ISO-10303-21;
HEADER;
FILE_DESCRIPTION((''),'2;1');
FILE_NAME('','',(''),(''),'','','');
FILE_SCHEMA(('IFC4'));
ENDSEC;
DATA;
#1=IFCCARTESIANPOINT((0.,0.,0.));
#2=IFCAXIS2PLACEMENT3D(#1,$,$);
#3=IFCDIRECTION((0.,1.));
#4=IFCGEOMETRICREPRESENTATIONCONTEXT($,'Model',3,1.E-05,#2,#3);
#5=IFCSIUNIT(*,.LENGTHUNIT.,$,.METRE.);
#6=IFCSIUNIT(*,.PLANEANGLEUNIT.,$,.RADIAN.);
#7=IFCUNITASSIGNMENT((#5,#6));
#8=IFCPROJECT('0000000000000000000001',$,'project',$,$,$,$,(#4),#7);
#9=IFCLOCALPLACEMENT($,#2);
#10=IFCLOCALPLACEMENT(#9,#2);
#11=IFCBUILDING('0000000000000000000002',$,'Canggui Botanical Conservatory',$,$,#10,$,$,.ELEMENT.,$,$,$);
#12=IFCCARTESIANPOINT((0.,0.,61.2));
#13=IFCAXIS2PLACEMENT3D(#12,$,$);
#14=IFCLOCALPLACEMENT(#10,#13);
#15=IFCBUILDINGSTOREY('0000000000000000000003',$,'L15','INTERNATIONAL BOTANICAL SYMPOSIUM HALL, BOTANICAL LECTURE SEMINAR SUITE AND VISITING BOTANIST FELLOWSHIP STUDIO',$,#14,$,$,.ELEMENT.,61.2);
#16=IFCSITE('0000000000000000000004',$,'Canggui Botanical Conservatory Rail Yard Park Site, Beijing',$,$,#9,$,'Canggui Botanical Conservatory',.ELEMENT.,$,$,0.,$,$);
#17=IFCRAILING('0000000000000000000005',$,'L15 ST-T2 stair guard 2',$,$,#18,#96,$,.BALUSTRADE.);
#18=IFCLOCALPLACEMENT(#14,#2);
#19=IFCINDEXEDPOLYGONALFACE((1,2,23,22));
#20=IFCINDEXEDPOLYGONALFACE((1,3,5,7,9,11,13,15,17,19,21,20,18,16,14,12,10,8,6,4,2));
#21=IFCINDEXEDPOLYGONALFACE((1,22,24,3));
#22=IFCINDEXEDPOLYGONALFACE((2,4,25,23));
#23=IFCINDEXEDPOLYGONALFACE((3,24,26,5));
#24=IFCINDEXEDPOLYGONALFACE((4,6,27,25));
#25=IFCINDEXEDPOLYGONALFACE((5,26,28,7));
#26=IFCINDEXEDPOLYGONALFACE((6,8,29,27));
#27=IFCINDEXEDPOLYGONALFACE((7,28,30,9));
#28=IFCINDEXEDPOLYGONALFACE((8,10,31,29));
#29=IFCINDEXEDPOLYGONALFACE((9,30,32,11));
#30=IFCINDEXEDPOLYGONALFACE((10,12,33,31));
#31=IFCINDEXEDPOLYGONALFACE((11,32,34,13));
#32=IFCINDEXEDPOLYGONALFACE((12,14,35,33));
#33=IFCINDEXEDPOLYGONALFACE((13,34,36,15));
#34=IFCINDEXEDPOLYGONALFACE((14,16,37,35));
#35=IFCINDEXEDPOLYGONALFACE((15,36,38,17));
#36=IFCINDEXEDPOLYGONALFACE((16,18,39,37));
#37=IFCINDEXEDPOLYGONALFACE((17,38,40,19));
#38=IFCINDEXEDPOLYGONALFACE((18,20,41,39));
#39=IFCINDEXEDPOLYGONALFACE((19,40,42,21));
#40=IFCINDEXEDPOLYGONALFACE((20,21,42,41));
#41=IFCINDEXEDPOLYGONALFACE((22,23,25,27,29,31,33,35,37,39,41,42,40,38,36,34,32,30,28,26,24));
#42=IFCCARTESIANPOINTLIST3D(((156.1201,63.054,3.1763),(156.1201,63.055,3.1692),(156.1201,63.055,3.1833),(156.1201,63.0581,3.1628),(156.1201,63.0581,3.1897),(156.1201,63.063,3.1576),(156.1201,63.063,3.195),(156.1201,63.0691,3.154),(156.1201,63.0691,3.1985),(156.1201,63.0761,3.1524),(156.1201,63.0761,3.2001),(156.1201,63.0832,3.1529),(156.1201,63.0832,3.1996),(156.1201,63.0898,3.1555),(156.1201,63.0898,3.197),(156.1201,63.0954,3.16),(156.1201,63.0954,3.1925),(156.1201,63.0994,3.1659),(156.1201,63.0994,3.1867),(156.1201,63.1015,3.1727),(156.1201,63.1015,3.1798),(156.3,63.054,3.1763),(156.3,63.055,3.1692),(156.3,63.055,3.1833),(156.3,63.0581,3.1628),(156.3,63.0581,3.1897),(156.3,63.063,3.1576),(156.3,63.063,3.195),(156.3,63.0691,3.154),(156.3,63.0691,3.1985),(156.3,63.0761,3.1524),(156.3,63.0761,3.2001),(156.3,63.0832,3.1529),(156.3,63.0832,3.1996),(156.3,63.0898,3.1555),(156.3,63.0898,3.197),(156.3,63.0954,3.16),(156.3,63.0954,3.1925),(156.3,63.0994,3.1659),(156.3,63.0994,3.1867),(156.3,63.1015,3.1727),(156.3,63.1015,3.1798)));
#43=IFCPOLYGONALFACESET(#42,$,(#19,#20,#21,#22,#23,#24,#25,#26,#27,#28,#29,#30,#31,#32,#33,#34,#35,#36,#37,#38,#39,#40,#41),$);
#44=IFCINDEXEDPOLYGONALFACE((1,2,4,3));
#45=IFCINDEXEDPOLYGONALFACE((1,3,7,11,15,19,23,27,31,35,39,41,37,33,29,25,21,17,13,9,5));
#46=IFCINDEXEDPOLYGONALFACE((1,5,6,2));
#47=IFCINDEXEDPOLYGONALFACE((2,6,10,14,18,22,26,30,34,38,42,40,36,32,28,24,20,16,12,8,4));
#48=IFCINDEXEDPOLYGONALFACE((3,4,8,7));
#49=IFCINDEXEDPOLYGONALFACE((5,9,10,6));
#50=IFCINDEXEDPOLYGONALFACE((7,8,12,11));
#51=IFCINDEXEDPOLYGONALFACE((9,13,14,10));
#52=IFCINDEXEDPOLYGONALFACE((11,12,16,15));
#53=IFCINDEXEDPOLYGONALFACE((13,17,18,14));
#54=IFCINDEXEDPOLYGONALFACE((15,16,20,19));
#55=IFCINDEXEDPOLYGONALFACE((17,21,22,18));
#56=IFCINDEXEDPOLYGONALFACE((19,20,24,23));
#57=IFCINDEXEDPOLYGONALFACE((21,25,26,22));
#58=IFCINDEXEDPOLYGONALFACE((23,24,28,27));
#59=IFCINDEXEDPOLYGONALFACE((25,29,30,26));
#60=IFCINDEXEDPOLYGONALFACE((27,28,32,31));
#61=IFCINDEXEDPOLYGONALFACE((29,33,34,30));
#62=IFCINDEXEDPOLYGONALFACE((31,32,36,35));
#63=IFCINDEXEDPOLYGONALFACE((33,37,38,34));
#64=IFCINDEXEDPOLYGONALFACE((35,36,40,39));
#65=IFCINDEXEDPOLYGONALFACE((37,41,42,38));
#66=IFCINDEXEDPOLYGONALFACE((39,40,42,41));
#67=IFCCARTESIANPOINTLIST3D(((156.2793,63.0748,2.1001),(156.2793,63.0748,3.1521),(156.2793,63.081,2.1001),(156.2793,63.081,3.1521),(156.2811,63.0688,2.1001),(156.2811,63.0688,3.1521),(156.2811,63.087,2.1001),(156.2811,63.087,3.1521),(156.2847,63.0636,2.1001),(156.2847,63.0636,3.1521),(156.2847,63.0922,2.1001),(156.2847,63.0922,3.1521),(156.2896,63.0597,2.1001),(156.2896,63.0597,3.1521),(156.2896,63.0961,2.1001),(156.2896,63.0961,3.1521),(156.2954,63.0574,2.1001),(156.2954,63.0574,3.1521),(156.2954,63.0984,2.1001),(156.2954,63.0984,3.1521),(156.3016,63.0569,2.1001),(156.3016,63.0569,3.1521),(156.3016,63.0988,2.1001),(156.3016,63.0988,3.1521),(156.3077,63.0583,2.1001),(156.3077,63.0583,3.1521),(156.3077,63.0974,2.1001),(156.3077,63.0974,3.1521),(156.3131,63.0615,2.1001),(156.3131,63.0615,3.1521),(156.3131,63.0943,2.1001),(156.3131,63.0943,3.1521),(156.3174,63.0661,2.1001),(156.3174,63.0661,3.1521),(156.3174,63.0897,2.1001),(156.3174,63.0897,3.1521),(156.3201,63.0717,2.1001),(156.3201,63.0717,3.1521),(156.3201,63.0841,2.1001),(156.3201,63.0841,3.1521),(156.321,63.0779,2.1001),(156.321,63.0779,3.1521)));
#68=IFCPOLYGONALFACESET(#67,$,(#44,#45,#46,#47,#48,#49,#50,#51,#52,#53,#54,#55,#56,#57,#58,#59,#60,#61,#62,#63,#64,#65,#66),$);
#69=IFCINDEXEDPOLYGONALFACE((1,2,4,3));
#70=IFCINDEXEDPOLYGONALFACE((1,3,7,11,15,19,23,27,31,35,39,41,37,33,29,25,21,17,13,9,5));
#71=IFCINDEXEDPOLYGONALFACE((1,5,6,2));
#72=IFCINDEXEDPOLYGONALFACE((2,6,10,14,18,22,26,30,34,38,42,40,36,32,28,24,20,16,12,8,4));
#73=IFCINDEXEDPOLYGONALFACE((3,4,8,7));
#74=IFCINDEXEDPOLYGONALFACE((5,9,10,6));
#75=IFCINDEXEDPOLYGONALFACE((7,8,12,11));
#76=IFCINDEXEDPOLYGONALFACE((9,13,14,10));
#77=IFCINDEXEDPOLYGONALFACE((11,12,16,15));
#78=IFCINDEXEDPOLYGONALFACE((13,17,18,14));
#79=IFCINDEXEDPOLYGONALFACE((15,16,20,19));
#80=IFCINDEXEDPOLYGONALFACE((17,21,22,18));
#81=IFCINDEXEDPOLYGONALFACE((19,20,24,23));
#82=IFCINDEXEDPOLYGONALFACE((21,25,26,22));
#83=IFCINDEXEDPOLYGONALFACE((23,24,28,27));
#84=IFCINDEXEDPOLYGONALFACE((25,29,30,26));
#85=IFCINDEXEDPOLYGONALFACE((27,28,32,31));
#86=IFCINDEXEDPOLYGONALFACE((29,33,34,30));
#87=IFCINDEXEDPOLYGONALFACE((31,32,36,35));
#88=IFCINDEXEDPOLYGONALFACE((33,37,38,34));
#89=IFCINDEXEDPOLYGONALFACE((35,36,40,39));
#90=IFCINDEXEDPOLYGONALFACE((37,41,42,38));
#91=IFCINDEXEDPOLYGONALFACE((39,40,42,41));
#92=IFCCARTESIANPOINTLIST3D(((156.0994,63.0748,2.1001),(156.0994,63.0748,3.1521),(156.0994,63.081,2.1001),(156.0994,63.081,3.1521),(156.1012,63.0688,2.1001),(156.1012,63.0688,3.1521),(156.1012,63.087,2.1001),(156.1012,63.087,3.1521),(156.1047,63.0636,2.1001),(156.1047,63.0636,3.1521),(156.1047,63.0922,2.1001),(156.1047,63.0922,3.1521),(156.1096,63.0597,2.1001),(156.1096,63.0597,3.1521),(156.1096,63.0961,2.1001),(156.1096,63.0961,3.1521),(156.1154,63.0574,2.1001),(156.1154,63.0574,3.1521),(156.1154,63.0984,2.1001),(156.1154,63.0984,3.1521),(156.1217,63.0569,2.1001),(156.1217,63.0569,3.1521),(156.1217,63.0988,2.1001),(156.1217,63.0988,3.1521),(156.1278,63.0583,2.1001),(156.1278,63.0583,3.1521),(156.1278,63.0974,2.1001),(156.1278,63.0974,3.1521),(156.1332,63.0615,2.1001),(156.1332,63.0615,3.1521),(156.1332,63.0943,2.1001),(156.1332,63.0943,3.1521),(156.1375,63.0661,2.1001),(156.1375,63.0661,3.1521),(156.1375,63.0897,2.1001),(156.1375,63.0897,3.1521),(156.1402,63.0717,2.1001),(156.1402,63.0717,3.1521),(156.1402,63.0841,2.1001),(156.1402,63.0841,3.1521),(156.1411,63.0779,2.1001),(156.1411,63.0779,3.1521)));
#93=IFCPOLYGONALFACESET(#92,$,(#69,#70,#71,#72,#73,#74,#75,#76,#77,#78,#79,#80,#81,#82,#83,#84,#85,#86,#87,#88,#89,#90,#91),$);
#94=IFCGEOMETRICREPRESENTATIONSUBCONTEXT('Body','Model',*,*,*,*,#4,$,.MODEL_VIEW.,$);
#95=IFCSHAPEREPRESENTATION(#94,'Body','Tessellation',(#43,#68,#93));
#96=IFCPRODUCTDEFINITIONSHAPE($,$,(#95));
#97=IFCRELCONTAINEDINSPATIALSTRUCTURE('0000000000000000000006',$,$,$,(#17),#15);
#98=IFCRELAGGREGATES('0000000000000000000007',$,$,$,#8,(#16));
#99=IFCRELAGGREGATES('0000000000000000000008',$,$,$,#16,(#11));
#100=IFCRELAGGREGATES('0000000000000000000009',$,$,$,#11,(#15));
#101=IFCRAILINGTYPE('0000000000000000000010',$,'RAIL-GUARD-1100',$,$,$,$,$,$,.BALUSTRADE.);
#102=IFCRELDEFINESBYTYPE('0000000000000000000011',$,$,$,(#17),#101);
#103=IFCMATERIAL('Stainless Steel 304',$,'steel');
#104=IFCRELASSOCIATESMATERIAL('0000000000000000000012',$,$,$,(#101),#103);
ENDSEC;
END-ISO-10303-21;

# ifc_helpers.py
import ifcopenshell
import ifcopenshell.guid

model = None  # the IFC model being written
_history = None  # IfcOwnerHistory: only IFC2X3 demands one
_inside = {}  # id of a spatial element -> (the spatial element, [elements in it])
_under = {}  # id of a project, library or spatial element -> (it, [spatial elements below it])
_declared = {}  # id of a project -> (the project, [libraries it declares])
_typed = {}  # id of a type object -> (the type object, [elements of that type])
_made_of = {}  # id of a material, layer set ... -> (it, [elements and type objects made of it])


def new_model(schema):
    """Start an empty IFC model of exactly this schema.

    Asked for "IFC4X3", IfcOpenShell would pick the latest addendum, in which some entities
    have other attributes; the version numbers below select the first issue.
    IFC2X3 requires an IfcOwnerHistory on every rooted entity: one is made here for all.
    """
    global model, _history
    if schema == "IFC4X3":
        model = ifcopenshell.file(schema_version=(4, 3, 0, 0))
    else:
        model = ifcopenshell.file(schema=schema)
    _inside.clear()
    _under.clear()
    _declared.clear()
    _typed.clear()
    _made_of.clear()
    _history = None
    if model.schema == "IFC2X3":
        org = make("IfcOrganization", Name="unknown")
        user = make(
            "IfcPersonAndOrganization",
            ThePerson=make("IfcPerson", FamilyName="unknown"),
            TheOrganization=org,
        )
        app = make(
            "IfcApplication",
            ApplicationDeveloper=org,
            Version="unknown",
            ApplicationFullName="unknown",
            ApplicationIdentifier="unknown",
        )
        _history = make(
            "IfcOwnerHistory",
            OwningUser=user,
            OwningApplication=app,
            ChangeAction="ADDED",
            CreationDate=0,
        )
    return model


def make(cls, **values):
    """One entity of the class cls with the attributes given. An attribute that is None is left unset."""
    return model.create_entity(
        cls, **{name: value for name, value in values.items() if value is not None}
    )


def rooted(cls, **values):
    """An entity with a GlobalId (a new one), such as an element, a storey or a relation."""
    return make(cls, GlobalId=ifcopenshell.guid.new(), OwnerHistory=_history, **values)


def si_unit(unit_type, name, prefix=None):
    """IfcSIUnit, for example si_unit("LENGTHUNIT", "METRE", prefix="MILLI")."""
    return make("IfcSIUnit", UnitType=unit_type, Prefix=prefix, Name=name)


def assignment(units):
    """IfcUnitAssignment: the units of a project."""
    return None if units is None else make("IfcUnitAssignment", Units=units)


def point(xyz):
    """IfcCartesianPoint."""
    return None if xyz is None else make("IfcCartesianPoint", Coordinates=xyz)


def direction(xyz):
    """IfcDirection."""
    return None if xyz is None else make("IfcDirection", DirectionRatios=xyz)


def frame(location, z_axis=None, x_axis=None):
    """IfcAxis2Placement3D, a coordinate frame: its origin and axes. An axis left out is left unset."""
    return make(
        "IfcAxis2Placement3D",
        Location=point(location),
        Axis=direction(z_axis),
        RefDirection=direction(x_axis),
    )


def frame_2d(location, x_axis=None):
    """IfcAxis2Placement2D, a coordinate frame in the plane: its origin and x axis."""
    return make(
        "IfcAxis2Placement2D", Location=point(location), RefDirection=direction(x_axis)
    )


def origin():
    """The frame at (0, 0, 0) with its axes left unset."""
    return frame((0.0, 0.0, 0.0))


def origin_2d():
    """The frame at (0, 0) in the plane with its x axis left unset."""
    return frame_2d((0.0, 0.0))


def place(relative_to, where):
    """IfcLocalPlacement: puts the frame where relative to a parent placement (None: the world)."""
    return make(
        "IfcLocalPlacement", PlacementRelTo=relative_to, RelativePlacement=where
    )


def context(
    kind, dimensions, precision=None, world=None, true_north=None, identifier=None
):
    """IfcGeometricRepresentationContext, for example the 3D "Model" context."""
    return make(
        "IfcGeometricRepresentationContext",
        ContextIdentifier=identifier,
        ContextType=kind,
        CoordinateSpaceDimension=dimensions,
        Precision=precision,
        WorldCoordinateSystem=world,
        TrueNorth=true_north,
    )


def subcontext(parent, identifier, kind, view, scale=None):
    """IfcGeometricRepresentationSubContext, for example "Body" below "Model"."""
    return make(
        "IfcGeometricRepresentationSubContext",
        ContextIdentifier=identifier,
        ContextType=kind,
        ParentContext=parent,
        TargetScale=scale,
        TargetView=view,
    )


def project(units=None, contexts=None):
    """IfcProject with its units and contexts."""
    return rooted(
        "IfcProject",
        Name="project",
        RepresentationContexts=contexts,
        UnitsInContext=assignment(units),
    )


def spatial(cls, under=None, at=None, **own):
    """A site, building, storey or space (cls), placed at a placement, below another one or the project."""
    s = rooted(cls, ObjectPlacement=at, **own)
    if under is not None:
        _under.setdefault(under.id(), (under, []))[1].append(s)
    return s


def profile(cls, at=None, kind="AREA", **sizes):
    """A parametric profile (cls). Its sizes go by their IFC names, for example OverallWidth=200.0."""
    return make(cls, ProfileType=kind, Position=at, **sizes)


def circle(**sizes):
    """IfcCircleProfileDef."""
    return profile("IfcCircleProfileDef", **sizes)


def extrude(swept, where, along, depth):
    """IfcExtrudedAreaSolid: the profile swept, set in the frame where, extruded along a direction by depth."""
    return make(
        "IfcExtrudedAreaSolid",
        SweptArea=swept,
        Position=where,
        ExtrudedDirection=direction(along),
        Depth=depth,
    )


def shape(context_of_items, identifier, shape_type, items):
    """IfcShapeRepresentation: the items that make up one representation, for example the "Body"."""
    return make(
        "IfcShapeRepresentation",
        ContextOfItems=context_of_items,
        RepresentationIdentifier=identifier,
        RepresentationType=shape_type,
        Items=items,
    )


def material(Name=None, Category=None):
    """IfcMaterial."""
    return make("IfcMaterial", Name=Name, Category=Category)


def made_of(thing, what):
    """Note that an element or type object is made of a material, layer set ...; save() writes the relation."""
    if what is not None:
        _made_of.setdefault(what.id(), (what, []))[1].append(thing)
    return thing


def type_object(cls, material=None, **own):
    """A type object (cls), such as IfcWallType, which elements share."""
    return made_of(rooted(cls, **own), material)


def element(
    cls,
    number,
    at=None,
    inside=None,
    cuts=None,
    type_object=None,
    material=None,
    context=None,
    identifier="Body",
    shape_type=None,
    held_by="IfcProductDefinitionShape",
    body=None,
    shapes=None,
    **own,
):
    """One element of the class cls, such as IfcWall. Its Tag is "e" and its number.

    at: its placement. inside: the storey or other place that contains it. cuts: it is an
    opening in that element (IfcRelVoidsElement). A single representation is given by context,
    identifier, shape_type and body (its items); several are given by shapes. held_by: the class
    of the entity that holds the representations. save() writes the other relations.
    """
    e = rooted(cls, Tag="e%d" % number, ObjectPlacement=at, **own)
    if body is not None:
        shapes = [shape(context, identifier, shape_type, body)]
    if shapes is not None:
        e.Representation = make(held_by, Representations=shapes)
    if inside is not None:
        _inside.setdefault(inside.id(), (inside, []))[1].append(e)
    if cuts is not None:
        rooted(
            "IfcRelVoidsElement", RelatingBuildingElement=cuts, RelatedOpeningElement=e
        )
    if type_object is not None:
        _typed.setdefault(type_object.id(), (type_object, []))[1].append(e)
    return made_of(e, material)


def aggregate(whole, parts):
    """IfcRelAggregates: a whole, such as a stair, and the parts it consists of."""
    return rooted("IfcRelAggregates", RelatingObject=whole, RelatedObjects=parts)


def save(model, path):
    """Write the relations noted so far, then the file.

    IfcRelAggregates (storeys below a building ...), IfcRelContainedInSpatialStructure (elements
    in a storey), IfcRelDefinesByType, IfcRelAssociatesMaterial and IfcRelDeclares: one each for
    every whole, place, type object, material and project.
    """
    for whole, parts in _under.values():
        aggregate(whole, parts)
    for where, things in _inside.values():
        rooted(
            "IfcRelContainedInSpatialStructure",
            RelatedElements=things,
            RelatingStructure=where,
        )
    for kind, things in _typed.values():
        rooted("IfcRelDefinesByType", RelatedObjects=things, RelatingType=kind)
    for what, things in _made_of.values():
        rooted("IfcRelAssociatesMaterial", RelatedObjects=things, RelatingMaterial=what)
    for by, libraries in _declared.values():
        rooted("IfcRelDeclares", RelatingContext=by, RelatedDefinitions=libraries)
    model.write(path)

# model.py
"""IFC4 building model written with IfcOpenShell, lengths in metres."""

from ifc_helpers import new_model, si_unit, direction, frame, origin, origin_2d, place, context, subcontext, project, spatial, circle, extrude, material, type_object, element, save


model = new_model("IFC4")

# Units and contexts
model_context = context("Model", 3, precision=1e-05, world=origin(), true_north=direction((0.0, 1.0)))
body_context = subcontext(model_context, "Body", "Model", "MODEL_VIEW")
ifc_project = project(units=[si_unit("LENGTHUNIT", "METRE"), si_unit("PLANEANGLEUNIT", "RADIAN")], contexts=[model_context])

# Site, building, storey
site_placement = place(None, origin())
site = spatial("IfcSite", under=ifc_project, at=site_placement, Name="Canggui Botanical Conservatory Rail Yard Park Site, Beijing", LongName="Canggui Botanical Conservatory", CompositionType="ELEMENT", RefElevation=0.0)
building_placement = place(site_placement, origin())
building = spatial("IfcBuilding", under=site, at=building_placement, Name="Canggui Botanical Conservatory", CompositionType="ELEMENT")
storey_placement = place(building_placement, frame((0.0, 0.0, 61.2)))
storey = spatial("IfcBuildingStorey", under=building, at=storey_placement, Name="L15", Description="INTERNATIONAL BOTANICAL SYMPOSIUM HALL, BOTANICAL LECTURE SEMINAR SUITE AND VISITING BOTANIST FELLOWSHIP STUDIO", CompositionType="ELEMENT", Elevation=61.2)

# Shared definitions
ifc_material_1 = material(Name="Stainless Steel 304", Category="steel")

# Railing
railing_type_1 = type_object("IfcRailingType", Name="RAIL-GUARD-1100", PredefinedType="BALUSTRADE", material=ifc_material_1)
railing_1_placement = place(storey_placement, frame((156.3, 63.0779, 2.1001)))
element("IfcRailing", 1, at=railing_1_placement, inside=storey, type_object=railing_type_1, Name="L15 ST-T2 stair guard 2", PredefinedType="BALUSTRADE", context=body_context, shape_type="SweptSolid", body=[
    extrude(circle(Radius=0.0239, at=origin_2d()), frame((0.0, 0.0, 1.0762), z_axis=(-1.0, 0.0, 0.0), x_axis=(0.0, -1.0, 0.0)), (0.0, 0.0, 1.0), 0.1799),
    extrude(circle(Radius=0.021, at=origin_2d()), origin(), (0.0, 0.0, 1.0), 1.052),
    extrude(circle(Radius=0.021, at=origin_2d()), frame((-0.1799, 0.0, 0.0)), (0.0, 0.0, 1.0), 1.052),
])

save(model, "model.ifc")
